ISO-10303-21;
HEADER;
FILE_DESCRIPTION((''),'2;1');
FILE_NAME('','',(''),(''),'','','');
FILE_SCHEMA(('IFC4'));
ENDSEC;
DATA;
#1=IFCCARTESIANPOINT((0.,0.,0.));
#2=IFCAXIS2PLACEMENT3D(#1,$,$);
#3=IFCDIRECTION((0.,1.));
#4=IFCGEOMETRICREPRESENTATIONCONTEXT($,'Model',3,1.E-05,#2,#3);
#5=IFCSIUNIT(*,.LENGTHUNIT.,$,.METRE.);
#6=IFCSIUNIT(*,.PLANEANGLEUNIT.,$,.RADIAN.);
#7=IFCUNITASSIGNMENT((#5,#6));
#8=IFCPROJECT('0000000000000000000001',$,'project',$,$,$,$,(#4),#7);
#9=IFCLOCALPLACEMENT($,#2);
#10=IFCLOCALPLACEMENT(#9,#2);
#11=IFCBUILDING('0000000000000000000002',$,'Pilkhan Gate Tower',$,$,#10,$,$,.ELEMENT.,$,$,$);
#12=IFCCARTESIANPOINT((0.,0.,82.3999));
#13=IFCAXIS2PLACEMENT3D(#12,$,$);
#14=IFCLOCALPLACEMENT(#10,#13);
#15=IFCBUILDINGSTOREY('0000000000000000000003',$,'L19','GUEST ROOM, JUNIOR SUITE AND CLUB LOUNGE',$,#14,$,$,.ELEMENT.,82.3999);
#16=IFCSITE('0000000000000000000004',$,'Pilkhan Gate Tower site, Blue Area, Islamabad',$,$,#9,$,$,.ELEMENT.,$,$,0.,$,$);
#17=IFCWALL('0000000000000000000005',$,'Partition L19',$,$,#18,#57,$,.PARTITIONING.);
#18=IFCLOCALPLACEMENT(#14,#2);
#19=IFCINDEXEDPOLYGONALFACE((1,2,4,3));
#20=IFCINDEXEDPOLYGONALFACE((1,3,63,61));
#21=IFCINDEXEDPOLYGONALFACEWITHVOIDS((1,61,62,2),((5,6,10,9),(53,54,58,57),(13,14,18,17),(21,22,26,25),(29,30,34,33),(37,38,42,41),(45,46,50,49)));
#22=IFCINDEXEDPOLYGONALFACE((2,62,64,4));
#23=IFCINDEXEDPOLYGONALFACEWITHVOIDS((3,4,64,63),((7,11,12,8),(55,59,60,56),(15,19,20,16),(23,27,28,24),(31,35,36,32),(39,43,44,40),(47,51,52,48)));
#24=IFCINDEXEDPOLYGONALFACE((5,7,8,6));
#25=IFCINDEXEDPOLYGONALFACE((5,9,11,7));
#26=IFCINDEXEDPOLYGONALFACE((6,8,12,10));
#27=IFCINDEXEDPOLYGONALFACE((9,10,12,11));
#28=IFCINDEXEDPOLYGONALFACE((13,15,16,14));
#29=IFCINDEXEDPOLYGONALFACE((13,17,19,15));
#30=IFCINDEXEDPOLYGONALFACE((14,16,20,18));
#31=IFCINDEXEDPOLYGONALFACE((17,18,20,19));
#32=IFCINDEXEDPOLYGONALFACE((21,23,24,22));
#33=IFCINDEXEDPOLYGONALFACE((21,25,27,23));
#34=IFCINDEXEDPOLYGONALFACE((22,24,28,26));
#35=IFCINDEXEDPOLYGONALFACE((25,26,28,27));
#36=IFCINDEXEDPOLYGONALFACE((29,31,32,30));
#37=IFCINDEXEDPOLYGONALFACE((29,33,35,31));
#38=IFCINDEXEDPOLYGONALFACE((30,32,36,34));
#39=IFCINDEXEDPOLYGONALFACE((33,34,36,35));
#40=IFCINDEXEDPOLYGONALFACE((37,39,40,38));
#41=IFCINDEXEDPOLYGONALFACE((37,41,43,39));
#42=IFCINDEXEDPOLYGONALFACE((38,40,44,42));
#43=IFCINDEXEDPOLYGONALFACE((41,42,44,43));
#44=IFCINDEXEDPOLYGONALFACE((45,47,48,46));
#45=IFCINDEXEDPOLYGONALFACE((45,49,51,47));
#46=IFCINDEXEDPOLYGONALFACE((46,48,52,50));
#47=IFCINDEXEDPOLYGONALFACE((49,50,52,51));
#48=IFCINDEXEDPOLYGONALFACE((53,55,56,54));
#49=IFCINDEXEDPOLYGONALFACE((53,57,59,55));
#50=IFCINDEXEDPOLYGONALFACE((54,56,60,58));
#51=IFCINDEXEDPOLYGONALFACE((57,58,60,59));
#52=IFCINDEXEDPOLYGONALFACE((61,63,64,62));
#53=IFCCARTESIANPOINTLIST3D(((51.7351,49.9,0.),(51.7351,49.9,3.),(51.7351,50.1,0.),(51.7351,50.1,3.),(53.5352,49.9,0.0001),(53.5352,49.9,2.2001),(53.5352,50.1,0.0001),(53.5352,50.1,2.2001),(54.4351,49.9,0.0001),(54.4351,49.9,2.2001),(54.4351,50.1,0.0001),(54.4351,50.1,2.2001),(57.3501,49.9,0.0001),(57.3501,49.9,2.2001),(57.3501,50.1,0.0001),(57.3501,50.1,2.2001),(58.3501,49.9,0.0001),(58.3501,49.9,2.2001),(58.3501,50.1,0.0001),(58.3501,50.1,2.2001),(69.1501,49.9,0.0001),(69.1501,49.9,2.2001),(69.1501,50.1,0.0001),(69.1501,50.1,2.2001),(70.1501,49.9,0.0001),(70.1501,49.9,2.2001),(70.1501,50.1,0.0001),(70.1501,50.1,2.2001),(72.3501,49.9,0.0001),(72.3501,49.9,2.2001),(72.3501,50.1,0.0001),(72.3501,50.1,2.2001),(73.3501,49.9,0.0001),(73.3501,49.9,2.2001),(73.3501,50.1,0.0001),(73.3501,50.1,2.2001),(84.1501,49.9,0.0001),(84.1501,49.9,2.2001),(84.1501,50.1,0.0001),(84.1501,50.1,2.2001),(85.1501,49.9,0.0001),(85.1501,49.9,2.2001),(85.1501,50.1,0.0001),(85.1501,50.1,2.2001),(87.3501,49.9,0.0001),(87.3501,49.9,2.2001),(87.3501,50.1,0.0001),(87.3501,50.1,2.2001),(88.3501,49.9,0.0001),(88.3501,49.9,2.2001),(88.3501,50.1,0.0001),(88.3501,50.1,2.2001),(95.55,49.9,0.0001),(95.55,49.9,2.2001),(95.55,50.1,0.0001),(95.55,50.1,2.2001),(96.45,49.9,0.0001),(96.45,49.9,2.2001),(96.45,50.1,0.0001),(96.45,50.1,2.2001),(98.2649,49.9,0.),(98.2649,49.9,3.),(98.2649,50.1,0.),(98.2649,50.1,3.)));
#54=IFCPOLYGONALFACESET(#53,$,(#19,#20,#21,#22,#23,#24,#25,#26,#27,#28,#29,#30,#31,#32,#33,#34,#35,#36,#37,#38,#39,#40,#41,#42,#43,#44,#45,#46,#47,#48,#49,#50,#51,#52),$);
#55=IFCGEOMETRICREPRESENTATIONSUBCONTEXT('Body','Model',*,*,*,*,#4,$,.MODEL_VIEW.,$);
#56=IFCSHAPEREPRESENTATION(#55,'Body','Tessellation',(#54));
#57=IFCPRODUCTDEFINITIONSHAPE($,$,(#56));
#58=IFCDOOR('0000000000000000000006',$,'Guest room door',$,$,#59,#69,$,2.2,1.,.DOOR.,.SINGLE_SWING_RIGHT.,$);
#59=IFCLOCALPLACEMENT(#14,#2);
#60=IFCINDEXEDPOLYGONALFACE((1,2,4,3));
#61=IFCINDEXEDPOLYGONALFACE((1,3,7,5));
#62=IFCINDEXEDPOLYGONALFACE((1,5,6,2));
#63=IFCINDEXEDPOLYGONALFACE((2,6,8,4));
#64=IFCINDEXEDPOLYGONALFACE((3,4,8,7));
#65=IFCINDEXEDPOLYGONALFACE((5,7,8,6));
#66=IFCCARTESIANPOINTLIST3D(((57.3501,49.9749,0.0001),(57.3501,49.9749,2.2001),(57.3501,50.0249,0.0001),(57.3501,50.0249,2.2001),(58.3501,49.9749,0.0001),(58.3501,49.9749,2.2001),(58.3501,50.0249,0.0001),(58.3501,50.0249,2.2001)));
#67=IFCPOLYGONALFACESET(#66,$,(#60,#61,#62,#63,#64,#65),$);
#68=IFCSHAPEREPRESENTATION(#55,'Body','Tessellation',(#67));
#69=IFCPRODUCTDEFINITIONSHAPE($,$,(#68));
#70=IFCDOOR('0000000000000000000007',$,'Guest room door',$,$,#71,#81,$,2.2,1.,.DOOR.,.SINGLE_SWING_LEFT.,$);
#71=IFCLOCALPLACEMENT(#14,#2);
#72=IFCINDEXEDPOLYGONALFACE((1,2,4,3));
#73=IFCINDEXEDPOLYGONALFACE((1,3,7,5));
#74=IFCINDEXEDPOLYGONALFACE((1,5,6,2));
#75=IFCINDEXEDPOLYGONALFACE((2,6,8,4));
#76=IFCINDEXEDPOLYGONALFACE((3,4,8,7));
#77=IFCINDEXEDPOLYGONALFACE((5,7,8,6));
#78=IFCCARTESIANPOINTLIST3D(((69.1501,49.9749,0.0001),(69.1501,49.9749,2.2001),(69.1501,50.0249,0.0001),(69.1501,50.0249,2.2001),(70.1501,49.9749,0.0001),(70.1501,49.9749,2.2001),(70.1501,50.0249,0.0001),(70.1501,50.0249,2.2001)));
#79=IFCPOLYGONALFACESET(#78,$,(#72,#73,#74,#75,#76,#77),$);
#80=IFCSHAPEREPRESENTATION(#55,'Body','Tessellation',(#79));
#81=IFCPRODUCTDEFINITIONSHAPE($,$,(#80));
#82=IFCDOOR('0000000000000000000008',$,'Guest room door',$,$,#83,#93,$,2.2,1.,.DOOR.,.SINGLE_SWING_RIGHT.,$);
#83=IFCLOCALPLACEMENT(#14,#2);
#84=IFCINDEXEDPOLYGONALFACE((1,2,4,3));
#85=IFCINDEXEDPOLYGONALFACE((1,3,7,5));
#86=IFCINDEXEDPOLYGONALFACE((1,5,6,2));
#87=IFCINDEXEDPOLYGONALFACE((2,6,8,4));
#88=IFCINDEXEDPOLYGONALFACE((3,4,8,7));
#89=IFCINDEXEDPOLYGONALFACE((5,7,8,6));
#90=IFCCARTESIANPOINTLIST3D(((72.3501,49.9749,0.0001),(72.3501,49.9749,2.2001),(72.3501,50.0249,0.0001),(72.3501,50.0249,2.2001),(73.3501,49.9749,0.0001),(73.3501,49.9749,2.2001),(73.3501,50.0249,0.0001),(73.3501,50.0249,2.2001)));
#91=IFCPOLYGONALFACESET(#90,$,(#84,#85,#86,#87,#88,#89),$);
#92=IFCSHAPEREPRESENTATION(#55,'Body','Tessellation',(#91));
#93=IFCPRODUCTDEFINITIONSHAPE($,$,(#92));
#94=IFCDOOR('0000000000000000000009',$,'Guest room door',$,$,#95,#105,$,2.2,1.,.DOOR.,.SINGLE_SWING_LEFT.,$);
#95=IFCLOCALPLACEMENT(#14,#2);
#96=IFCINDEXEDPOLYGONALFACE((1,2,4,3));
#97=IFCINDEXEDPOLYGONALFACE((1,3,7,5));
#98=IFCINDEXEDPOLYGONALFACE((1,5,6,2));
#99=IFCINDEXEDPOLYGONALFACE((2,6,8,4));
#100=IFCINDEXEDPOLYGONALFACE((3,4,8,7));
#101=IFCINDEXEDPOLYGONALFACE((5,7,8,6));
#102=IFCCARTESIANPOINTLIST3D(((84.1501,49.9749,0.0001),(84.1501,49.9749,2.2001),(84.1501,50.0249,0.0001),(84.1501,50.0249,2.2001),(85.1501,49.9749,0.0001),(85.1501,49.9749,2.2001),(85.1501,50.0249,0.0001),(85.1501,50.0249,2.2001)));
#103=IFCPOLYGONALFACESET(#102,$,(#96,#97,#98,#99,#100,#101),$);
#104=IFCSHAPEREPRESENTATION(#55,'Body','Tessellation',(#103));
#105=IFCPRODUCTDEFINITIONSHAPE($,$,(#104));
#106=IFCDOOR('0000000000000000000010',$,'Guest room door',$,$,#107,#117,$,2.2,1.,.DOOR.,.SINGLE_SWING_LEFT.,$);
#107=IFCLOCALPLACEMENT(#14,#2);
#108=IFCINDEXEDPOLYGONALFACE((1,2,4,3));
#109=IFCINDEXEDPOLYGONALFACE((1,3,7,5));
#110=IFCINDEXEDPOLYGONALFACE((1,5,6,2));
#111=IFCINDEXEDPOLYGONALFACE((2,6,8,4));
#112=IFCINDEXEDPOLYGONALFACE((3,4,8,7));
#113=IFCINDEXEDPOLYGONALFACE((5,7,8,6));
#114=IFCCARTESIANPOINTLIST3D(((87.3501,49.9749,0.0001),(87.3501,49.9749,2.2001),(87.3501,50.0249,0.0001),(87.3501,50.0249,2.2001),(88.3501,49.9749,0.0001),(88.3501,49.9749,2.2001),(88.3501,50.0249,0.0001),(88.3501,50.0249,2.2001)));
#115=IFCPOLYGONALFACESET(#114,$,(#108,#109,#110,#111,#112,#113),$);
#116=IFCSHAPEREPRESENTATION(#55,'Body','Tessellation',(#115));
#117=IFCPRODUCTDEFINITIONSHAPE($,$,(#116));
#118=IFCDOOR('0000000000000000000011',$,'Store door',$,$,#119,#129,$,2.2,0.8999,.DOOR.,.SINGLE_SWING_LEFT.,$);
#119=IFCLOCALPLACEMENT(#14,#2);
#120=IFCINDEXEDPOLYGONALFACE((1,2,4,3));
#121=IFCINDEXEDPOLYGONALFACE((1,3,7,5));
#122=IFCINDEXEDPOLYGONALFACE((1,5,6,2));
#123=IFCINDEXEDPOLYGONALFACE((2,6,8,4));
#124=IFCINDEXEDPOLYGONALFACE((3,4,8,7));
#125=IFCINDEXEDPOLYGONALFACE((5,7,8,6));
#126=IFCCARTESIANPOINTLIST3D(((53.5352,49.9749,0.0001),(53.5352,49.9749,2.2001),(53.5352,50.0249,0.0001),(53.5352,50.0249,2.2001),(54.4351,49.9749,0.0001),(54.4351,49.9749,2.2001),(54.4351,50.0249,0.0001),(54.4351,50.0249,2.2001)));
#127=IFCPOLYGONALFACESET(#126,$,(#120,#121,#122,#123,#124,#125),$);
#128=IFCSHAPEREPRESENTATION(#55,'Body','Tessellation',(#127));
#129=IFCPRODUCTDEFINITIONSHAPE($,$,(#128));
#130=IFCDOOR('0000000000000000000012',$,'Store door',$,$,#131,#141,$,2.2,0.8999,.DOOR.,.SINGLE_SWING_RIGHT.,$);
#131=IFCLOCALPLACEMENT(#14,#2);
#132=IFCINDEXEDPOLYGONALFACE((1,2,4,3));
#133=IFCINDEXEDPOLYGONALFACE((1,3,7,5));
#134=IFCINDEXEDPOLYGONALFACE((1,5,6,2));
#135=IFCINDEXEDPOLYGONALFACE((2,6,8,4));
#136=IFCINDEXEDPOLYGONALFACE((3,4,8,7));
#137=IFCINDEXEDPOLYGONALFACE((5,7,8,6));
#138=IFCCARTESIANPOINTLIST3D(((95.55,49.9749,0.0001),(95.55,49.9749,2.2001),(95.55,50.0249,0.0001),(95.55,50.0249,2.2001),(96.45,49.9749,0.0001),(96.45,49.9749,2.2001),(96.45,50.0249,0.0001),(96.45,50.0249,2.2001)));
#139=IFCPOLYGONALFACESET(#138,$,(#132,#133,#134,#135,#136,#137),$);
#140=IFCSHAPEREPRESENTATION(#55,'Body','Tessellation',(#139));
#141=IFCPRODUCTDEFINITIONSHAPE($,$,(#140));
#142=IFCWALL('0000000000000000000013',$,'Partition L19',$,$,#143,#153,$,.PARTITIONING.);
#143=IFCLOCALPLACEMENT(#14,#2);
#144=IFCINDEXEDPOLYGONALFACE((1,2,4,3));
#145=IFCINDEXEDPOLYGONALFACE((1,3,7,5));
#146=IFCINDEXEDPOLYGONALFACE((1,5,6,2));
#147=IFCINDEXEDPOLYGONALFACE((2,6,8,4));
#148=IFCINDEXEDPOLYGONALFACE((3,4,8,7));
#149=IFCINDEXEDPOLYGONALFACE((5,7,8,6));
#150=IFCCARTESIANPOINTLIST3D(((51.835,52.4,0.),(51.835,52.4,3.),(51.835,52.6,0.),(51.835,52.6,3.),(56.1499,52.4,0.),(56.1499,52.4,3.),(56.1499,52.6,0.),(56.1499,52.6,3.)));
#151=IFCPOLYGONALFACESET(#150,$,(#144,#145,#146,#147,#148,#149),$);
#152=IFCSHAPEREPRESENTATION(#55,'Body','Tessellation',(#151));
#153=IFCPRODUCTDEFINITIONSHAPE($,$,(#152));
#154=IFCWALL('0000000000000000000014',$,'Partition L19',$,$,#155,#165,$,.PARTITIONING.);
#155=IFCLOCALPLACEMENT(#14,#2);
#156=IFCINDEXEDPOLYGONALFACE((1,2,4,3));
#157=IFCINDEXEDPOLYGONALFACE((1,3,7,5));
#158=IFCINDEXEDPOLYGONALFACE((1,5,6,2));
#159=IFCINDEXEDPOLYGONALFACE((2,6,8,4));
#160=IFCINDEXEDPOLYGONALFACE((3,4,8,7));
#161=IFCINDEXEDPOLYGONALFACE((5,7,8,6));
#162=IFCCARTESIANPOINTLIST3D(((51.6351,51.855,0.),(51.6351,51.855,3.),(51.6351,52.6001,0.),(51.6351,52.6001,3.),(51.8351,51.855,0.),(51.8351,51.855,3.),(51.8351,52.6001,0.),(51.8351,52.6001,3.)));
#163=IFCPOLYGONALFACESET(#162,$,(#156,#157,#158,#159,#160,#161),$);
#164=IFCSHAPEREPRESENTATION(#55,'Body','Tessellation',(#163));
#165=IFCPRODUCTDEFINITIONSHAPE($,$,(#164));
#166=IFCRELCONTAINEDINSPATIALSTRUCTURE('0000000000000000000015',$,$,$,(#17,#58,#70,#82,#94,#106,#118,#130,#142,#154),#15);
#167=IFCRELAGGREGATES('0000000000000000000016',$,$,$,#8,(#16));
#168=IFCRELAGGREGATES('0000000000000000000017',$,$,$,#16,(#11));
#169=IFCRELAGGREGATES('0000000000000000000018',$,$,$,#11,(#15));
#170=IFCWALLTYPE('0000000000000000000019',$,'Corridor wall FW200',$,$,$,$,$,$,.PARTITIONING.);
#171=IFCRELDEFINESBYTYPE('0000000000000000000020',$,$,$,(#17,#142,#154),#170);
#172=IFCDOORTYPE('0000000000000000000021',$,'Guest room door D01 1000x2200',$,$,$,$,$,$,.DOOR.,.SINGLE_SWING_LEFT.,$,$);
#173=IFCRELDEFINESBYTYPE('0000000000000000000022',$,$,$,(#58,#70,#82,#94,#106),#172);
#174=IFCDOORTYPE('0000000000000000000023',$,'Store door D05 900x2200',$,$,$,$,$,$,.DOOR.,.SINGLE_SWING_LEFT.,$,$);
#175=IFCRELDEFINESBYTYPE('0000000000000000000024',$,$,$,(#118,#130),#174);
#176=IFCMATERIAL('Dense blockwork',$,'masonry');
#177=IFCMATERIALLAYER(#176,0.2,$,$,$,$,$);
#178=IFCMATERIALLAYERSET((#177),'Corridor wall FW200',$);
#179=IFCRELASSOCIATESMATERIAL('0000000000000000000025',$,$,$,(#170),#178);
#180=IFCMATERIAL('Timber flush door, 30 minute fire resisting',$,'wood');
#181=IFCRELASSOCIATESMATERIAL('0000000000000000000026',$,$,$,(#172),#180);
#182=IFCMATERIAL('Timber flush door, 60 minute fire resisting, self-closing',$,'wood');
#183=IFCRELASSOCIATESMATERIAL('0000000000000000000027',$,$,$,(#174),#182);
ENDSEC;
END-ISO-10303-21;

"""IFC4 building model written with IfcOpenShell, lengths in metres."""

from ifc_helpers import new_model, si_unit, direction, frame, frame_2d, origin, place, context, subcontext, project, spatial, rectangle, extrude, material, layer, layer_set, type_object, element, fill, save


model = new_model("IFC4")

# Units and contexts
model_context = context("Model", 3, precision=1e-05, world=origin(), true_north=direction((0.0, 1.0)))
body_context = subcontext(model_context, "Body", "Model", "MODEL_VIEW")
ifc_project = project(units=[si_unit("LENGTHUNIT", "METRE"), si_unit("PLANEANGLEUNIT", "RADIAN")], contexts=[model_context])

# Site, building, storey
site_placement = place(None, origin())
site = spatial("IfcSite", under=ifc_project, at=site_placement, Name="Pilkhan Gate Tower site, Blue Area, Islamabad", CompositionType="ELEMENT", RefElevation=0.0)
building_placement = place(site_placement, origin())
building = spatial("IfcBuilding", under=site, at=building_placement, Name="Pilkhan Gate Tower", CompositionType="ELEMENT")
storey_placement = place(building_placement, frame((0.0, 0.0, 82.3999)))
storey = spatial("IfcBuildingStorey", under=building, at=storey_placement, Name="L19", Description="GUEST ROOM, JUNIOR SUITE AND CLUB LOUNGE", CompositionType="ELEMENT", Elevation=82.3999)

# Wall, openings, doors
ifc_material_1 = material(Name="Dense blockwork", Category="masonry")
ifc_layer_1 = layer(ifc_material_1, 0.2)
ifc_layer_set_1 = layer_set([ifc_layer_1], Name="Corridor wall FW200")
wall_type_1 = type_object("IfcWallType", Name="Corridor wall FW200", PredefinedType="PARTITIONING", material=ifc_layer_set_1)
wall_1_placement = place(storey_placement, frame((51.7351, 50.0, 0.0), z_axis=(0.0, 0.0, 1.0), x_axis=(1.0, 0.0, 0.0)))
wall_1 = element("IfcWall", 1, at=wall_1_placement, inside=storey, type_object=wall_type_1, Name="Partition L19", PredefinedType="PARTITIONING", context=body_context, shape_type="SweptSolid", body=[
    extrude(rectangle(XDim=46.5298, YDim=0.2, at=frame_2d((23.2649, 0.0))), origin(), (0.0, 0.0, 1.0), 3.0),
])
opening_1_placement = place(wall_1_placement, frame((5.615, 0.0, 0.0)))
opening_1 = element("IfcOpeningElement", 2, at=opening_1_placement, cuts=wall_1, PredefinedType="OPENING", context=body_context, shape_type="SweptSolid", body=[
    extrude(rectangle(XDim=1.0, YDim=2.2, at=frame_2d((0.5, 1.1001))), frame((0.0, 0.1099, 0.0), z_axis=(0.0, -1.0, 0.0), x_axis=(1.0, 0.0, 0.0)), (0.0, 0.0, 1.0), 0.22),
])
opening_2_placement = place(wall_1_placement, frame((17.415, 0.0, 0.0)))
opening_2 = element("IfcOpeningElement", 3, at=opening_2_placement, cuts=wall_1, PredefinedType="OPENING", context=body_context, shape_type="SweptSolid", body=[
    extrude(rectangle(XDim=1.0, YDim=2.2, at=frame_2d((0.5, 1.1001))), frame((0.0, 0.1099, 0.0), z_axis=(0.0, -1.0, 0.0), x_axis=(1.0, 0.0, 0.0)), (0.0, 0.0, 1.0), 0.22),
])
opening_3_placement = place(wall_1_placement, frame((20.615, 0.0, 0.0)))
opening_3 = element("IfcOpeningElement", 4, at=opening_3_placement, cuts=wall_1, PredefinedType="OPENING", context=body_context, shape_type="SweptSolid", body=[
    extrude(rectangle(XDim=1.0, YDim=2.2, at=frame_2d((0.5, 1.1001))), frame((0.0, 0.1099, 0.0), z_axis=(0.0, -1.0, 0.0), x_axis=(1.0, 0.0, 0.0)), (0.0, 0.0, 1.0), 0.22),
])
opening_4_placement = place(wall_1_placement, frame((32.415, 0.0, 0.0)))
opening_4 = element("IfcOpeningElement", 5, at=opening_4_placement, cuts=wall_1, PredefinedType="OPENING", context=body_context, shape_type="SweptSolid", body=[
    extrude(rectangle(XDim=1.0, YDim=2.2, at=frame_2d((0.5, 1.1001))), frame((0.0, 0.1099, 0.0), z_axis=(0.0, -1.0, 0.0), x_axis=(1.0, 0.0, 0.0)), (0.0, 0.0, 1.0), 0.22),
])
opening_5_placement = place(wall_1_placement, frame((35.615, 0.0, 0.0)))
opening_5 = element("IfcOpeningElement", 6, at=opening_5_placement, cuts=wall_1, PredefinedType="OPENING", context=body_context, shape_type="SweptSolid", body=[
    extrude(rectangle(XDim=1.0, YDim=2.2, at=frame_2d((0.5, 1.1001))), frame((0.0, 0.1099, 0.0), z_axis=(0.0, -1.0, 0.0), x_axis=(1.0, 0.0, 0.0)), (0.0, 0.0, 1.0), 0.22),
])
opening_6_placement = place(wall_1_placement, frame((1.8, 0.0, 0.0)))
opening_6 = element("IfcOpeningElement", 7, at=opening_6_placement, cuts=wall_1, PredefinedType="OPENING", context=body_context, shape_type="SweptSolid", body=[
    extrude(rectangle(XDim=0.8999, YDim=2.2, at=frame_2d((0.45, 1.1001))), frame((0.0, 0.1099, 0.0), z_axis=(0.0, -1.0, 0.0), x_axis=(1.0, 0.0, 0.0)), (0.0, 0.0, 1.0), 0.22),
])
opening_7_placement = place(wall_1_placement, frame((43.8149, 0.0, 0.0)))
opening_7 = element("IfcOpeningElement", 8, at=opening_7_placement, cuts=wall_1, PredefinedType="OPENING", context=body_context, shape_type="SweptSolid", body=[
    extrude(rectangle(XDim=0.8999, YDim=2.2, at=frame_2d((0.45, 1.1001))), frame((0.0, 0.1099, 0.0), z_axis=(0.0, -1.0, 0.0), x_axis=(1.0, 0.0, 0.0)), (0.0, 0.0, 1.0), 0.22),
])
ifc_material_2 = material(Name="Timber flush door, 30 minute fire resisting", Category="wood")
door_type_1 = type_object("IfcDoorType", Name="Guest room door D01 1000x2200", OperationType="SINGLE_SWING_LEFT", PredefinedType="DOOR", material=ifc_material_2)
door_1_placement = place(opening_1_placement, origin())
door_1 = element("IfcDoor", 9, at=door_1_placement, inside=storey, type_object=door_type_1, Name="Guest room door", OperationType="SINGLE_SWING_RIGHT", OverallHeight=2.2, OverallWidth=1.0, PredefinedType="DOOR", context=body_context, shape_type="SweptSolid", body=[
    extrude(rectangle(XDim=1.0, YDim=2.2, at=frame_2d((0.5, 1.1001))), frame((0.0, 0.0249, 0.0), z_axis=(0.0, -1.0, 0.0), x_axis=(1.0, 0.0, 0.0)), (0.0, 0.0, 1.0), 0.05),
])
fill(opening_1, door_1)
door_2_placement = place(opening_2_placement, origin())
door_2 = element("IfcDoor", 10, at=door_2_placement, inside=storey, type_object=door_type_1, Name="Guest room door", OperationType="SINGLE_SWING_LEFT", OverallHeight=2.2, OverallWidth=1.0, PredefinedType="DOOR", context=body_context, shape_type="SweptSolid", body=[
    extrude(rectangle(XDim=1.0, YDim=2.2, at=frame_2d((0.5, 1.1001))), frame((0.0, 0.0249, 0.0), z_axis=(0.0, -1.0, 0.0), x_axis=(1.0, 0.0, 0.0)), (0.0, 0.0, 1.0), 0.05),
])
fill(opening_2, door_2)
door_3_placement = place(opening_3_placement, origin())
door_3 = element("IfcDoor", 11, at=door_3_placement, inside=storey, type_object=door_type_1, Name="Guest room door", OperationType="SINGLE_SWING_RIGHT", OverallHeight=2.2, OverallWidth=1.0, PredefinedType="DOOR", context=body_context, shape_type="SweptSolid", body=[
    extrude(rectangle(XDim=1.0, YDim=2.2, at=frame_2d((0.5, 1.1001))), frame((0.0, 0.0249, 0.0), z_axis=(0.0, -1.0, 0.0), x_axis=(1.0, 0.0, 0.0)), (0.0, 0.0, 1.0), 0.05),
])
fill(opening_3, door_3)
door_4_placement = place(opening_4_placement, origin())
door_4 = element("IfcDoor", 12, at=door_4_placement, inside=storey, type_object=door_type_1, Name="Guest room door", OperationType="SINGLE_SWING_LEFT", OverallHeight=2.2, OverallWidth=1.0, PredefinedType="DOOR", context=body_context, shape_type="SweptSolid", body=[
    extrude(rectangle(XDim=1.0, YDim=2.2, at=frame_2d((0.5, 1.1001))), frame((0.0, 0.0249, 0.0), z_axis=(0.0, -1.0, 0.0), x_axis=(1.0, 0.0, 0.0)), (0.0, 0.0, 1.0), 0.05),
])
fill(opening_4, door_4)
door_5_placement = place(opening_5_placement, origin())
door_5 = element("IfcDoor", 13, at=door_5_placement, inside=storey, type_object=door_type_1, Name="Guest room door", OperationType="SINGLE_SWING_LEFT", OverallHeight=2.2, OverallWidth=1.0, PredefinedType="DOOR", context=body_context, shape_type="SweptSolid", body=[
    extrude(rectangle(XDim=1.0, YDim=2.2, at=frame_2d((0.5, 1.1001))), frame((0.0, 0.0249, 0.0), z_axis=(0.0, -1.0, 0.0), x_axis=(1.0, 0.0, 0.0)), (0.0, 0.0, 1.0), 0.05),
])
fill(opening_5, door_5)
ifc_material_3 = material(Name="Timber flush door, 60 minute fire resisting, self-closing", Category="wood")
door_type_2 = type_object("IfcDoorType", Name="Store door D05 900x2200", OperationType="SINGLE_SWING_LEFT", PredefinedType="DOOR", material=ifc_material_3)
door_6_placement = place(opening_6_placement, origin())
door_6 = element("IfcDoor", 14, at=door_6_placement, inside=storey, type_object=door_type_2, Name="Store door", OperationType="SINGLE_SWING_LEFT", OverallHeight=2.2, OverallWidth=0.8999, PredefinedType="DOOR", context=body_context, shape_type="SweptSolid", body=[
    extrude(rectangle(XDim=0.8999, YDim=2.2, at=frame_2d((0.45, 1.1001))), frame((0.0, 0.0249, 0.0), z_axis=(0.0, -1.0, 0.0), x_axis=(1.0, 0.0, 0.0)), (0.0, 0.0, 1.0), 0.05),
])
fill(opening_6, door_6)
door_7_placement = place(opening_7_placement, origin())
door_7 = element("IfcDoor", 15, at=door_7_placement, inside=storey, type_object=door_type_2, Name="Store door", OperationType="SINGLE_SWING_RIGHT", OverallHeight=2.2, OverallWidth=0.8999, PredefinedType="DOOR", context=body_context, shape_type="SweptSolid", body=[
    extrude(rectangle(XDim=0.8999, YDim=2.2, at=frame_2d((0.45, 1.1001))), frame((0.0, 0.0249, 0.0), z_axis=(0.0, -1.0, 0.0), x_axis=(1.0, 0.0, 0.0)), (0.0, 0.0, 1.0), 0.05),
])
fill(opening_7, door_7)

# Walls
wall_2_placement = place(storey_placement, frame((51.835, 52.5, 0.0), z_axis=(0.0, 0.0, 1.0), x_axis=(1.0, 0.0, 0.0)))
element("IfcWall", 16, at=wall_2_placement, inside=storey, type_object=wall_type_1, Name="Partition L19", PredefinedType="PARTITIONING", context=body_context, shape_type="SweptSolid", body=[
    extrude(rectangle(XDim=4.3149, YDim=0.2, at=frame_2d((2.1575, 0.0))), origin(), (0.0, 0.0, 1.0), 3.0),
])
wall_3_placement = place(storey_placement, frame((51.7351, 51.855, 0.0), z_axis=(0.0, 0.0, 1.0), x_axis=(0.0, 1.0, 0.0)))
element("IfcWall", 17, at=wall_3_placement, inside=storey, type_object=wall_type_1, Name="Partition L19", PredefinedType="PARTITIONING", context=body_context, shape_type="SweptSolid", body=[
    extrude(rectangle(XDim=0.7451, YDim=0.2, at=frame_2d((0.3726, 0.0))), origin(), (0.0, 0.0, 1.0), 3.0),
])

save(model, "model.ifc")
